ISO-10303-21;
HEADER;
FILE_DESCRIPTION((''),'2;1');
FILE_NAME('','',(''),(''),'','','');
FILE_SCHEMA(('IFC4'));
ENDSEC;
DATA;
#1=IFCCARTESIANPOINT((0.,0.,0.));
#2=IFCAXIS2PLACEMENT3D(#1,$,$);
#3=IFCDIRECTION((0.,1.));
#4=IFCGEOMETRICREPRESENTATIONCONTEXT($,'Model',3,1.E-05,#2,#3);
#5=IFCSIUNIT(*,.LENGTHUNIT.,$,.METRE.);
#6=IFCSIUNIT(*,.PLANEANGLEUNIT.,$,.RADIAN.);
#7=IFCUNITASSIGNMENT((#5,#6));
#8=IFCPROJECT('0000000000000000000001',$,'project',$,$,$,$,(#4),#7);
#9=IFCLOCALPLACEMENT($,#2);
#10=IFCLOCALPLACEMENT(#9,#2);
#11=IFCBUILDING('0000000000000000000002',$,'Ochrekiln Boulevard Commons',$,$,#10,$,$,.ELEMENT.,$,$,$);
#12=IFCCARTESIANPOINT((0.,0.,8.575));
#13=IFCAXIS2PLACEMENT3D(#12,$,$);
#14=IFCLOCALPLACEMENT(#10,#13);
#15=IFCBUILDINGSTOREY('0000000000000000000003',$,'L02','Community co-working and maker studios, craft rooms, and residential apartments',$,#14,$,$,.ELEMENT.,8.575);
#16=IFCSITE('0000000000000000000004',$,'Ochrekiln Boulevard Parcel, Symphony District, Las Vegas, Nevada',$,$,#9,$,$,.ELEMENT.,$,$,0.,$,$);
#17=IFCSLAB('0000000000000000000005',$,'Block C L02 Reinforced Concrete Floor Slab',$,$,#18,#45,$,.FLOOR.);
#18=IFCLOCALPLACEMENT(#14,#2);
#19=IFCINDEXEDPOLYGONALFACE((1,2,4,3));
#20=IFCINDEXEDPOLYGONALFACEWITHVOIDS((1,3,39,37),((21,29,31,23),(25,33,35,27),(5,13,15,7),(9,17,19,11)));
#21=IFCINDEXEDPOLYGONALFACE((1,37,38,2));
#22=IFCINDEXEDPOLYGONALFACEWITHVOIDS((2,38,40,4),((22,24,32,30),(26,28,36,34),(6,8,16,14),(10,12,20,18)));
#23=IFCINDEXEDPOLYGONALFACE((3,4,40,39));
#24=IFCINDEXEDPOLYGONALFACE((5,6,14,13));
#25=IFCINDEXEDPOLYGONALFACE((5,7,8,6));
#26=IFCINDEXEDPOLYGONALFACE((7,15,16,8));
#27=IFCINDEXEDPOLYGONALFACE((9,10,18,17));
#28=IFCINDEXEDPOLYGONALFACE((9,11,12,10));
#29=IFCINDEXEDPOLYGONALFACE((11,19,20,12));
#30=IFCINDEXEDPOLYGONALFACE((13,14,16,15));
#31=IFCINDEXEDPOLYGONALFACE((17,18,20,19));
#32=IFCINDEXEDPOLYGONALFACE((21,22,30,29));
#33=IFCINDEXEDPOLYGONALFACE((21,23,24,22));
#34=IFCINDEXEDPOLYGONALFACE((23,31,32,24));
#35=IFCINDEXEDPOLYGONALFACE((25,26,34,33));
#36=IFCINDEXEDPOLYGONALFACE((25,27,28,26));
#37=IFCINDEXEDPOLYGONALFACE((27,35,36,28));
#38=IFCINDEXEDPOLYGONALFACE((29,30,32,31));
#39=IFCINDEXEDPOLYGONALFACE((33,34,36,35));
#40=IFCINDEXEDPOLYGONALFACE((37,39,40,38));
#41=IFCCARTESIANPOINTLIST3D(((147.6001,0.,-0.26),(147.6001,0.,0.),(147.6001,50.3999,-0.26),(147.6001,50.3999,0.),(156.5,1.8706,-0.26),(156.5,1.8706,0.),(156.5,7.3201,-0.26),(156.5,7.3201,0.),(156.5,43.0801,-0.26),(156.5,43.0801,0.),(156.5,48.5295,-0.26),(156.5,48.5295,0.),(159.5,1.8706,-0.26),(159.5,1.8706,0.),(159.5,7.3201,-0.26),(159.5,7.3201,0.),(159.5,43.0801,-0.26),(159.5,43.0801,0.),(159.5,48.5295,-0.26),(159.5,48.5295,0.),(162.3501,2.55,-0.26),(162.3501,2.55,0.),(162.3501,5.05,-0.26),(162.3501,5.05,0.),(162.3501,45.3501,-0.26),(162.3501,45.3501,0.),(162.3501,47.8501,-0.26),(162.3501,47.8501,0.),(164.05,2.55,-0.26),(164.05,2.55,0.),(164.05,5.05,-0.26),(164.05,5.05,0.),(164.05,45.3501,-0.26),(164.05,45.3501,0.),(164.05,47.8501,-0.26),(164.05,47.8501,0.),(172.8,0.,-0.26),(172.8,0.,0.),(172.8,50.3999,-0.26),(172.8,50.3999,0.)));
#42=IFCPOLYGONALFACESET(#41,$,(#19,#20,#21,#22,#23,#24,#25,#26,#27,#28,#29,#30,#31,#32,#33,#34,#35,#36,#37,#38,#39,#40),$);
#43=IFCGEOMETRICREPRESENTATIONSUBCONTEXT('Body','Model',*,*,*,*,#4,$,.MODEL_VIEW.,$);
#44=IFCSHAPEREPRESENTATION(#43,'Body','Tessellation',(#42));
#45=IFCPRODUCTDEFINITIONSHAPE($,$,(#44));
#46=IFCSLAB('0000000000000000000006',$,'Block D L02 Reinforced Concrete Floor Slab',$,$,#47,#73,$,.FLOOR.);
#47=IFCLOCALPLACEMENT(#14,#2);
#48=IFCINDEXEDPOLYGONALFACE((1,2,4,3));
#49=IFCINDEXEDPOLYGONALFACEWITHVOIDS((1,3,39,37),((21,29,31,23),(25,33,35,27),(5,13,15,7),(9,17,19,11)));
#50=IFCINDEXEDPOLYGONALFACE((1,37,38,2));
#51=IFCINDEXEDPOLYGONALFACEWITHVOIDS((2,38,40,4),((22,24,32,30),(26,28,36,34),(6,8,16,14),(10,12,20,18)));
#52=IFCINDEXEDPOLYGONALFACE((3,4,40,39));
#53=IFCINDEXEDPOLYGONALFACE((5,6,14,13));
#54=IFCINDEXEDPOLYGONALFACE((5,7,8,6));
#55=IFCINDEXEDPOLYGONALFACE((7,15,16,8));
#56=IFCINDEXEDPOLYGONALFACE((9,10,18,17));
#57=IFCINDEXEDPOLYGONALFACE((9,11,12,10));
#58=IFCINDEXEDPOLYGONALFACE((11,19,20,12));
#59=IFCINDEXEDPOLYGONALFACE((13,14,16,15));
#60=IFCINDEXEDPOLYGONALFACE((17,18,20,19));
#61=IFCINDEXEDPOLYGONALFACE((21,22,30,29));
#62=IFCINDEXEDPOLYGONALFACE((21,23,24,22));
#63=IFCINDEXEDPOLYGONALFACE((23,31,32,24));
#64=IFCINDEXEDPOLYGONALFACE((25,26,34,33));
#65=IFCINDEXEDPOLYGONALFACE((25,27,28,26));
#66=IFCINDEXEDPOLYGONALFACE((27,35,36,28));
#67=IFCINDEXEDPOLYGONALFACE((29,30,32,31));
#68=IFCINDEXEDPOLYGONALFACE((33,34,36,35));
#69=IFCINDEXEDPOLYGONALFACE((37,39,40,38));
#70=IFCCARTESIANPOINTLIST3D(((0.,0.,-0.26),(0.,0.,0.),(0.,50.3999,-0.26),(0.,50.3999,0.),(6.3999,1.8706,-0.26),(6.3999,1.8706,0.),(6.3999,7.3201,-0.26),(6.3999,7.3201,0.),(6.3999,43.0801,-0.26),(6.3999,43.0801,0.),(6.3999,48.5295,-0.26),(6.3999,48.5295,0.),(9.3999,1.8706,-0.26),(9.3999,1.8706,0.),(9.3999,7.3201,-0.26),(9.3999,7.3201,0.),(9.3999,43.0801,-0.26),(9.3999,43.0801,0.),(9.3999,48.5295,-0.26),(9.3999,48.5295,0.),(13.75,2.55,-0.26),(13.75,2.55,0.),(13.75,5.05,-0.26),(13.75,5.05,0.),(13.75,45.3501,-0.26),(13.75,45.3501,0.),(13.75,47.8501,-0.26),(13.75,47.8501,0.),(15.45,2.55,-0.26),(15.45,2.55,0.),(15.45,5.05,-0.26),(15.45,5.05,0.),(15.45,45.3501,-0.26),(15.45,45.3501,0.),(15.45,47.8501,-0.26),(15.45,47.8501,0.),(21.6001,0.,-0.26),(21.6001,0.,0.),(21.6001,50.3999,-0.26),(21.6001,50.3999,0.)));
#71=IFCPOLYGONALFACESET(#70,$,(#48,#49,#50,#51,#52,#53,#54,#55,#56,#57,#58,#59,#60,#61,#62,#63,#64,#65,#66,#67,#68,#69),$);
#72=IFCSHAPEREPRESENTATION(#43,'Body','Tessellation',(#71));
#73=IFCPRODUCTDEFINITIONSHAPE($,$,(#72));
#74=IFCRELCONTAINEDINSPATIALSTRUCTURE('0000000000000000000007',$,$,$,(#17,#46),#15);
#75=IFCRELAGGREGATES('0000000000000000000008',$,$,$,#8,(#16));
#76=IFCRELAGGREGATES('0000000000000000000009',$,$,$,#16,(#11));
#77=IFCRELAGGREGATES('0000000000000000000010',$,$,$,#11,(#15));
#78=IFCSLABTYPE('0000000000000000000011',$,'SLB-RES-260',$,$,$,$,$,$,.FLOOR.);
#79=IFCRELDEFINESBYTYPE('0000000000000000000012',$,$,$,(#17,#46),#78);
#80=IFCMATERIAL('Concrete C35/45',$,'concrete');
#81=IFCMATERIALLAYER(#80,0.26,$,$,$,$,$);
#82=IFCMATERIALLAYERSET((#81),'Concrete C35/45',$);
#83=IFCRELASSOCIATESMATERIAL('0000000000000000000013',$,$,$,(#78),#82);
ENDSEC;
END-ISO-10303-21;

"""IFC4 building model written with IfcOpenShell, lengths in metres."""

from ifc_helpers import new_model, si_unit, direction, frame, origin, place, context, subcontext, project, spatial, polyline, outline, extrude, material, layer, layer_set, type_object, element, save


model = new_model("IFC4")

# Units and contexts
model_context = context("Model", 3, precision=1e-05, world=origin(), true_north=direction((0.0, 1.0)))
body_context = subcontext(model_context, "Body", "Model", "MODEL_VIEW")
ifc_project = project(units=[si_unit("LENGTHUNIT", "METRE"), si_unit("PLANEANGLEUNIT", "RADIAN")], contexts=[model_context])

# Site, building, storey
site_placement = place(None, origin())
site = spatial("IfcSite", under=ifc_project, at=site_placement, Name="Ochrekiln Boulevard Parcel, Symphony District, Las Vegas, Nevada", CompositionType="ELEMENT", RefElevation=0.0)
building_placement = place(site_placement, origin())
building = spatial("IfcBuilding", under=site, at=building_placement, Name="Ochrekiln Boulevard Commons", CompositionType="ELEMENT")
storey_placement = place(building_placement, frame((0.0, 0.0, 8.575)))
storey = spatial("IfcBuildingStorey", under=building, at=storey_placement, Name="L02", Description="Community co-working and maker studios, craft rooms, and residential apartments", CompositionType="ELEMENT", Elevation=8.575)

# Shared definitions
ifc_material = material(Name="Concrete C35/45", Category="concrete")

# Slabs
ifc_layer_1 = layer(ifc_material, 0.26)
ifc_layer_set_1 = layer_set([ifc_layer_1], Name="Concrete C35/45")
slab_type_1 = type_object("IfcSlabType", Name="SLB-RES-260", PredefinedType="FLOOR", material=ifc_layer_set_1)
slab_1_placement = place(storey_placement, frame((0.0, 0.0, -0.26)))
element("IfcSlab", 1, at=slab_1_placement, inside=storey, type_object=slab_type_1, Name="Block C L02 Reinforced Concrete Floor Slab", PredefinedType="FLOOR", context=body_context, shape_type="SweptSolid", body=[
    extrude(outline(polyline([(147.6001, 0.0), (172.8, 0.0), (172.8, 50.3999), (147.6001, 50.3999), (147.6001, 0.0)]), holes=[polyline([(159.5, 1.8706), (159.5, 7.3201), (156.5, 7.3201), (156.5, 1.8706), (159.5, 1.8706)]), polyline([(156.5, 48.5295), (156.5, 43.0801), (159.5, 43.0801), (159.5, 48.5295), (156.5, 48.5295)]), polyline([(162.3501, 2.55), (164.05, 2.55), (164.05, 5.05), (162.3501, 5.05), (162.3501, 2.55)]), polyline([(162.3501, 45.3501), (164.05, 45.3501), (164.05, 47.8501), (162.3501, 47.8501), (162.3501, 45.3501)])]), origin(), (0.0, 0.0, 1.0), 0.26),
])
slab_2_placement = place(storey_placement, frame((0.0, 0.0, -0.26)))
element("IfcSlab", 2, at=slab_2_placement, inside=storey, type_object=slab_type_1, Name="Block D L02 Reinforced Concrete Floor Slab", PredefinedType="FLOOR", context=body_context, shape_type="SweptSolid", body=[
    extrude(outline(polyline([(0.0, 0.0), (21.6001, 0.0), (21.6001, 50.3999), (0.0, 50.3999), (0.0, 0.0)]), holes=[polyline([(9.3999, 1.8706), (9.3999, 7.3201), (6.3999, 7.3201), (6.3999, 1.8706), (9.3999, 1.8706)]), polyline([(6.3999, 48.5295), (6.3999, 43.0801), (9.3999, 43.0801), (9.3999, 48.5295), (6.3999, 48.5295)]), polyline([(13.75, 2.55), (15.45, 2.55), (15.45, 5.05), (13.75, 5.05), (13.75, 2.55)]), polyline([(13.75, 45.3501), (15.45, 45.3501), (15.45, 47.8501), (13.75, 47.8501), (13.75, 45.3501)])]), origin(), (0.0, 0.0, 1.0), 0.26),
])

save(model, "model.ifc")
